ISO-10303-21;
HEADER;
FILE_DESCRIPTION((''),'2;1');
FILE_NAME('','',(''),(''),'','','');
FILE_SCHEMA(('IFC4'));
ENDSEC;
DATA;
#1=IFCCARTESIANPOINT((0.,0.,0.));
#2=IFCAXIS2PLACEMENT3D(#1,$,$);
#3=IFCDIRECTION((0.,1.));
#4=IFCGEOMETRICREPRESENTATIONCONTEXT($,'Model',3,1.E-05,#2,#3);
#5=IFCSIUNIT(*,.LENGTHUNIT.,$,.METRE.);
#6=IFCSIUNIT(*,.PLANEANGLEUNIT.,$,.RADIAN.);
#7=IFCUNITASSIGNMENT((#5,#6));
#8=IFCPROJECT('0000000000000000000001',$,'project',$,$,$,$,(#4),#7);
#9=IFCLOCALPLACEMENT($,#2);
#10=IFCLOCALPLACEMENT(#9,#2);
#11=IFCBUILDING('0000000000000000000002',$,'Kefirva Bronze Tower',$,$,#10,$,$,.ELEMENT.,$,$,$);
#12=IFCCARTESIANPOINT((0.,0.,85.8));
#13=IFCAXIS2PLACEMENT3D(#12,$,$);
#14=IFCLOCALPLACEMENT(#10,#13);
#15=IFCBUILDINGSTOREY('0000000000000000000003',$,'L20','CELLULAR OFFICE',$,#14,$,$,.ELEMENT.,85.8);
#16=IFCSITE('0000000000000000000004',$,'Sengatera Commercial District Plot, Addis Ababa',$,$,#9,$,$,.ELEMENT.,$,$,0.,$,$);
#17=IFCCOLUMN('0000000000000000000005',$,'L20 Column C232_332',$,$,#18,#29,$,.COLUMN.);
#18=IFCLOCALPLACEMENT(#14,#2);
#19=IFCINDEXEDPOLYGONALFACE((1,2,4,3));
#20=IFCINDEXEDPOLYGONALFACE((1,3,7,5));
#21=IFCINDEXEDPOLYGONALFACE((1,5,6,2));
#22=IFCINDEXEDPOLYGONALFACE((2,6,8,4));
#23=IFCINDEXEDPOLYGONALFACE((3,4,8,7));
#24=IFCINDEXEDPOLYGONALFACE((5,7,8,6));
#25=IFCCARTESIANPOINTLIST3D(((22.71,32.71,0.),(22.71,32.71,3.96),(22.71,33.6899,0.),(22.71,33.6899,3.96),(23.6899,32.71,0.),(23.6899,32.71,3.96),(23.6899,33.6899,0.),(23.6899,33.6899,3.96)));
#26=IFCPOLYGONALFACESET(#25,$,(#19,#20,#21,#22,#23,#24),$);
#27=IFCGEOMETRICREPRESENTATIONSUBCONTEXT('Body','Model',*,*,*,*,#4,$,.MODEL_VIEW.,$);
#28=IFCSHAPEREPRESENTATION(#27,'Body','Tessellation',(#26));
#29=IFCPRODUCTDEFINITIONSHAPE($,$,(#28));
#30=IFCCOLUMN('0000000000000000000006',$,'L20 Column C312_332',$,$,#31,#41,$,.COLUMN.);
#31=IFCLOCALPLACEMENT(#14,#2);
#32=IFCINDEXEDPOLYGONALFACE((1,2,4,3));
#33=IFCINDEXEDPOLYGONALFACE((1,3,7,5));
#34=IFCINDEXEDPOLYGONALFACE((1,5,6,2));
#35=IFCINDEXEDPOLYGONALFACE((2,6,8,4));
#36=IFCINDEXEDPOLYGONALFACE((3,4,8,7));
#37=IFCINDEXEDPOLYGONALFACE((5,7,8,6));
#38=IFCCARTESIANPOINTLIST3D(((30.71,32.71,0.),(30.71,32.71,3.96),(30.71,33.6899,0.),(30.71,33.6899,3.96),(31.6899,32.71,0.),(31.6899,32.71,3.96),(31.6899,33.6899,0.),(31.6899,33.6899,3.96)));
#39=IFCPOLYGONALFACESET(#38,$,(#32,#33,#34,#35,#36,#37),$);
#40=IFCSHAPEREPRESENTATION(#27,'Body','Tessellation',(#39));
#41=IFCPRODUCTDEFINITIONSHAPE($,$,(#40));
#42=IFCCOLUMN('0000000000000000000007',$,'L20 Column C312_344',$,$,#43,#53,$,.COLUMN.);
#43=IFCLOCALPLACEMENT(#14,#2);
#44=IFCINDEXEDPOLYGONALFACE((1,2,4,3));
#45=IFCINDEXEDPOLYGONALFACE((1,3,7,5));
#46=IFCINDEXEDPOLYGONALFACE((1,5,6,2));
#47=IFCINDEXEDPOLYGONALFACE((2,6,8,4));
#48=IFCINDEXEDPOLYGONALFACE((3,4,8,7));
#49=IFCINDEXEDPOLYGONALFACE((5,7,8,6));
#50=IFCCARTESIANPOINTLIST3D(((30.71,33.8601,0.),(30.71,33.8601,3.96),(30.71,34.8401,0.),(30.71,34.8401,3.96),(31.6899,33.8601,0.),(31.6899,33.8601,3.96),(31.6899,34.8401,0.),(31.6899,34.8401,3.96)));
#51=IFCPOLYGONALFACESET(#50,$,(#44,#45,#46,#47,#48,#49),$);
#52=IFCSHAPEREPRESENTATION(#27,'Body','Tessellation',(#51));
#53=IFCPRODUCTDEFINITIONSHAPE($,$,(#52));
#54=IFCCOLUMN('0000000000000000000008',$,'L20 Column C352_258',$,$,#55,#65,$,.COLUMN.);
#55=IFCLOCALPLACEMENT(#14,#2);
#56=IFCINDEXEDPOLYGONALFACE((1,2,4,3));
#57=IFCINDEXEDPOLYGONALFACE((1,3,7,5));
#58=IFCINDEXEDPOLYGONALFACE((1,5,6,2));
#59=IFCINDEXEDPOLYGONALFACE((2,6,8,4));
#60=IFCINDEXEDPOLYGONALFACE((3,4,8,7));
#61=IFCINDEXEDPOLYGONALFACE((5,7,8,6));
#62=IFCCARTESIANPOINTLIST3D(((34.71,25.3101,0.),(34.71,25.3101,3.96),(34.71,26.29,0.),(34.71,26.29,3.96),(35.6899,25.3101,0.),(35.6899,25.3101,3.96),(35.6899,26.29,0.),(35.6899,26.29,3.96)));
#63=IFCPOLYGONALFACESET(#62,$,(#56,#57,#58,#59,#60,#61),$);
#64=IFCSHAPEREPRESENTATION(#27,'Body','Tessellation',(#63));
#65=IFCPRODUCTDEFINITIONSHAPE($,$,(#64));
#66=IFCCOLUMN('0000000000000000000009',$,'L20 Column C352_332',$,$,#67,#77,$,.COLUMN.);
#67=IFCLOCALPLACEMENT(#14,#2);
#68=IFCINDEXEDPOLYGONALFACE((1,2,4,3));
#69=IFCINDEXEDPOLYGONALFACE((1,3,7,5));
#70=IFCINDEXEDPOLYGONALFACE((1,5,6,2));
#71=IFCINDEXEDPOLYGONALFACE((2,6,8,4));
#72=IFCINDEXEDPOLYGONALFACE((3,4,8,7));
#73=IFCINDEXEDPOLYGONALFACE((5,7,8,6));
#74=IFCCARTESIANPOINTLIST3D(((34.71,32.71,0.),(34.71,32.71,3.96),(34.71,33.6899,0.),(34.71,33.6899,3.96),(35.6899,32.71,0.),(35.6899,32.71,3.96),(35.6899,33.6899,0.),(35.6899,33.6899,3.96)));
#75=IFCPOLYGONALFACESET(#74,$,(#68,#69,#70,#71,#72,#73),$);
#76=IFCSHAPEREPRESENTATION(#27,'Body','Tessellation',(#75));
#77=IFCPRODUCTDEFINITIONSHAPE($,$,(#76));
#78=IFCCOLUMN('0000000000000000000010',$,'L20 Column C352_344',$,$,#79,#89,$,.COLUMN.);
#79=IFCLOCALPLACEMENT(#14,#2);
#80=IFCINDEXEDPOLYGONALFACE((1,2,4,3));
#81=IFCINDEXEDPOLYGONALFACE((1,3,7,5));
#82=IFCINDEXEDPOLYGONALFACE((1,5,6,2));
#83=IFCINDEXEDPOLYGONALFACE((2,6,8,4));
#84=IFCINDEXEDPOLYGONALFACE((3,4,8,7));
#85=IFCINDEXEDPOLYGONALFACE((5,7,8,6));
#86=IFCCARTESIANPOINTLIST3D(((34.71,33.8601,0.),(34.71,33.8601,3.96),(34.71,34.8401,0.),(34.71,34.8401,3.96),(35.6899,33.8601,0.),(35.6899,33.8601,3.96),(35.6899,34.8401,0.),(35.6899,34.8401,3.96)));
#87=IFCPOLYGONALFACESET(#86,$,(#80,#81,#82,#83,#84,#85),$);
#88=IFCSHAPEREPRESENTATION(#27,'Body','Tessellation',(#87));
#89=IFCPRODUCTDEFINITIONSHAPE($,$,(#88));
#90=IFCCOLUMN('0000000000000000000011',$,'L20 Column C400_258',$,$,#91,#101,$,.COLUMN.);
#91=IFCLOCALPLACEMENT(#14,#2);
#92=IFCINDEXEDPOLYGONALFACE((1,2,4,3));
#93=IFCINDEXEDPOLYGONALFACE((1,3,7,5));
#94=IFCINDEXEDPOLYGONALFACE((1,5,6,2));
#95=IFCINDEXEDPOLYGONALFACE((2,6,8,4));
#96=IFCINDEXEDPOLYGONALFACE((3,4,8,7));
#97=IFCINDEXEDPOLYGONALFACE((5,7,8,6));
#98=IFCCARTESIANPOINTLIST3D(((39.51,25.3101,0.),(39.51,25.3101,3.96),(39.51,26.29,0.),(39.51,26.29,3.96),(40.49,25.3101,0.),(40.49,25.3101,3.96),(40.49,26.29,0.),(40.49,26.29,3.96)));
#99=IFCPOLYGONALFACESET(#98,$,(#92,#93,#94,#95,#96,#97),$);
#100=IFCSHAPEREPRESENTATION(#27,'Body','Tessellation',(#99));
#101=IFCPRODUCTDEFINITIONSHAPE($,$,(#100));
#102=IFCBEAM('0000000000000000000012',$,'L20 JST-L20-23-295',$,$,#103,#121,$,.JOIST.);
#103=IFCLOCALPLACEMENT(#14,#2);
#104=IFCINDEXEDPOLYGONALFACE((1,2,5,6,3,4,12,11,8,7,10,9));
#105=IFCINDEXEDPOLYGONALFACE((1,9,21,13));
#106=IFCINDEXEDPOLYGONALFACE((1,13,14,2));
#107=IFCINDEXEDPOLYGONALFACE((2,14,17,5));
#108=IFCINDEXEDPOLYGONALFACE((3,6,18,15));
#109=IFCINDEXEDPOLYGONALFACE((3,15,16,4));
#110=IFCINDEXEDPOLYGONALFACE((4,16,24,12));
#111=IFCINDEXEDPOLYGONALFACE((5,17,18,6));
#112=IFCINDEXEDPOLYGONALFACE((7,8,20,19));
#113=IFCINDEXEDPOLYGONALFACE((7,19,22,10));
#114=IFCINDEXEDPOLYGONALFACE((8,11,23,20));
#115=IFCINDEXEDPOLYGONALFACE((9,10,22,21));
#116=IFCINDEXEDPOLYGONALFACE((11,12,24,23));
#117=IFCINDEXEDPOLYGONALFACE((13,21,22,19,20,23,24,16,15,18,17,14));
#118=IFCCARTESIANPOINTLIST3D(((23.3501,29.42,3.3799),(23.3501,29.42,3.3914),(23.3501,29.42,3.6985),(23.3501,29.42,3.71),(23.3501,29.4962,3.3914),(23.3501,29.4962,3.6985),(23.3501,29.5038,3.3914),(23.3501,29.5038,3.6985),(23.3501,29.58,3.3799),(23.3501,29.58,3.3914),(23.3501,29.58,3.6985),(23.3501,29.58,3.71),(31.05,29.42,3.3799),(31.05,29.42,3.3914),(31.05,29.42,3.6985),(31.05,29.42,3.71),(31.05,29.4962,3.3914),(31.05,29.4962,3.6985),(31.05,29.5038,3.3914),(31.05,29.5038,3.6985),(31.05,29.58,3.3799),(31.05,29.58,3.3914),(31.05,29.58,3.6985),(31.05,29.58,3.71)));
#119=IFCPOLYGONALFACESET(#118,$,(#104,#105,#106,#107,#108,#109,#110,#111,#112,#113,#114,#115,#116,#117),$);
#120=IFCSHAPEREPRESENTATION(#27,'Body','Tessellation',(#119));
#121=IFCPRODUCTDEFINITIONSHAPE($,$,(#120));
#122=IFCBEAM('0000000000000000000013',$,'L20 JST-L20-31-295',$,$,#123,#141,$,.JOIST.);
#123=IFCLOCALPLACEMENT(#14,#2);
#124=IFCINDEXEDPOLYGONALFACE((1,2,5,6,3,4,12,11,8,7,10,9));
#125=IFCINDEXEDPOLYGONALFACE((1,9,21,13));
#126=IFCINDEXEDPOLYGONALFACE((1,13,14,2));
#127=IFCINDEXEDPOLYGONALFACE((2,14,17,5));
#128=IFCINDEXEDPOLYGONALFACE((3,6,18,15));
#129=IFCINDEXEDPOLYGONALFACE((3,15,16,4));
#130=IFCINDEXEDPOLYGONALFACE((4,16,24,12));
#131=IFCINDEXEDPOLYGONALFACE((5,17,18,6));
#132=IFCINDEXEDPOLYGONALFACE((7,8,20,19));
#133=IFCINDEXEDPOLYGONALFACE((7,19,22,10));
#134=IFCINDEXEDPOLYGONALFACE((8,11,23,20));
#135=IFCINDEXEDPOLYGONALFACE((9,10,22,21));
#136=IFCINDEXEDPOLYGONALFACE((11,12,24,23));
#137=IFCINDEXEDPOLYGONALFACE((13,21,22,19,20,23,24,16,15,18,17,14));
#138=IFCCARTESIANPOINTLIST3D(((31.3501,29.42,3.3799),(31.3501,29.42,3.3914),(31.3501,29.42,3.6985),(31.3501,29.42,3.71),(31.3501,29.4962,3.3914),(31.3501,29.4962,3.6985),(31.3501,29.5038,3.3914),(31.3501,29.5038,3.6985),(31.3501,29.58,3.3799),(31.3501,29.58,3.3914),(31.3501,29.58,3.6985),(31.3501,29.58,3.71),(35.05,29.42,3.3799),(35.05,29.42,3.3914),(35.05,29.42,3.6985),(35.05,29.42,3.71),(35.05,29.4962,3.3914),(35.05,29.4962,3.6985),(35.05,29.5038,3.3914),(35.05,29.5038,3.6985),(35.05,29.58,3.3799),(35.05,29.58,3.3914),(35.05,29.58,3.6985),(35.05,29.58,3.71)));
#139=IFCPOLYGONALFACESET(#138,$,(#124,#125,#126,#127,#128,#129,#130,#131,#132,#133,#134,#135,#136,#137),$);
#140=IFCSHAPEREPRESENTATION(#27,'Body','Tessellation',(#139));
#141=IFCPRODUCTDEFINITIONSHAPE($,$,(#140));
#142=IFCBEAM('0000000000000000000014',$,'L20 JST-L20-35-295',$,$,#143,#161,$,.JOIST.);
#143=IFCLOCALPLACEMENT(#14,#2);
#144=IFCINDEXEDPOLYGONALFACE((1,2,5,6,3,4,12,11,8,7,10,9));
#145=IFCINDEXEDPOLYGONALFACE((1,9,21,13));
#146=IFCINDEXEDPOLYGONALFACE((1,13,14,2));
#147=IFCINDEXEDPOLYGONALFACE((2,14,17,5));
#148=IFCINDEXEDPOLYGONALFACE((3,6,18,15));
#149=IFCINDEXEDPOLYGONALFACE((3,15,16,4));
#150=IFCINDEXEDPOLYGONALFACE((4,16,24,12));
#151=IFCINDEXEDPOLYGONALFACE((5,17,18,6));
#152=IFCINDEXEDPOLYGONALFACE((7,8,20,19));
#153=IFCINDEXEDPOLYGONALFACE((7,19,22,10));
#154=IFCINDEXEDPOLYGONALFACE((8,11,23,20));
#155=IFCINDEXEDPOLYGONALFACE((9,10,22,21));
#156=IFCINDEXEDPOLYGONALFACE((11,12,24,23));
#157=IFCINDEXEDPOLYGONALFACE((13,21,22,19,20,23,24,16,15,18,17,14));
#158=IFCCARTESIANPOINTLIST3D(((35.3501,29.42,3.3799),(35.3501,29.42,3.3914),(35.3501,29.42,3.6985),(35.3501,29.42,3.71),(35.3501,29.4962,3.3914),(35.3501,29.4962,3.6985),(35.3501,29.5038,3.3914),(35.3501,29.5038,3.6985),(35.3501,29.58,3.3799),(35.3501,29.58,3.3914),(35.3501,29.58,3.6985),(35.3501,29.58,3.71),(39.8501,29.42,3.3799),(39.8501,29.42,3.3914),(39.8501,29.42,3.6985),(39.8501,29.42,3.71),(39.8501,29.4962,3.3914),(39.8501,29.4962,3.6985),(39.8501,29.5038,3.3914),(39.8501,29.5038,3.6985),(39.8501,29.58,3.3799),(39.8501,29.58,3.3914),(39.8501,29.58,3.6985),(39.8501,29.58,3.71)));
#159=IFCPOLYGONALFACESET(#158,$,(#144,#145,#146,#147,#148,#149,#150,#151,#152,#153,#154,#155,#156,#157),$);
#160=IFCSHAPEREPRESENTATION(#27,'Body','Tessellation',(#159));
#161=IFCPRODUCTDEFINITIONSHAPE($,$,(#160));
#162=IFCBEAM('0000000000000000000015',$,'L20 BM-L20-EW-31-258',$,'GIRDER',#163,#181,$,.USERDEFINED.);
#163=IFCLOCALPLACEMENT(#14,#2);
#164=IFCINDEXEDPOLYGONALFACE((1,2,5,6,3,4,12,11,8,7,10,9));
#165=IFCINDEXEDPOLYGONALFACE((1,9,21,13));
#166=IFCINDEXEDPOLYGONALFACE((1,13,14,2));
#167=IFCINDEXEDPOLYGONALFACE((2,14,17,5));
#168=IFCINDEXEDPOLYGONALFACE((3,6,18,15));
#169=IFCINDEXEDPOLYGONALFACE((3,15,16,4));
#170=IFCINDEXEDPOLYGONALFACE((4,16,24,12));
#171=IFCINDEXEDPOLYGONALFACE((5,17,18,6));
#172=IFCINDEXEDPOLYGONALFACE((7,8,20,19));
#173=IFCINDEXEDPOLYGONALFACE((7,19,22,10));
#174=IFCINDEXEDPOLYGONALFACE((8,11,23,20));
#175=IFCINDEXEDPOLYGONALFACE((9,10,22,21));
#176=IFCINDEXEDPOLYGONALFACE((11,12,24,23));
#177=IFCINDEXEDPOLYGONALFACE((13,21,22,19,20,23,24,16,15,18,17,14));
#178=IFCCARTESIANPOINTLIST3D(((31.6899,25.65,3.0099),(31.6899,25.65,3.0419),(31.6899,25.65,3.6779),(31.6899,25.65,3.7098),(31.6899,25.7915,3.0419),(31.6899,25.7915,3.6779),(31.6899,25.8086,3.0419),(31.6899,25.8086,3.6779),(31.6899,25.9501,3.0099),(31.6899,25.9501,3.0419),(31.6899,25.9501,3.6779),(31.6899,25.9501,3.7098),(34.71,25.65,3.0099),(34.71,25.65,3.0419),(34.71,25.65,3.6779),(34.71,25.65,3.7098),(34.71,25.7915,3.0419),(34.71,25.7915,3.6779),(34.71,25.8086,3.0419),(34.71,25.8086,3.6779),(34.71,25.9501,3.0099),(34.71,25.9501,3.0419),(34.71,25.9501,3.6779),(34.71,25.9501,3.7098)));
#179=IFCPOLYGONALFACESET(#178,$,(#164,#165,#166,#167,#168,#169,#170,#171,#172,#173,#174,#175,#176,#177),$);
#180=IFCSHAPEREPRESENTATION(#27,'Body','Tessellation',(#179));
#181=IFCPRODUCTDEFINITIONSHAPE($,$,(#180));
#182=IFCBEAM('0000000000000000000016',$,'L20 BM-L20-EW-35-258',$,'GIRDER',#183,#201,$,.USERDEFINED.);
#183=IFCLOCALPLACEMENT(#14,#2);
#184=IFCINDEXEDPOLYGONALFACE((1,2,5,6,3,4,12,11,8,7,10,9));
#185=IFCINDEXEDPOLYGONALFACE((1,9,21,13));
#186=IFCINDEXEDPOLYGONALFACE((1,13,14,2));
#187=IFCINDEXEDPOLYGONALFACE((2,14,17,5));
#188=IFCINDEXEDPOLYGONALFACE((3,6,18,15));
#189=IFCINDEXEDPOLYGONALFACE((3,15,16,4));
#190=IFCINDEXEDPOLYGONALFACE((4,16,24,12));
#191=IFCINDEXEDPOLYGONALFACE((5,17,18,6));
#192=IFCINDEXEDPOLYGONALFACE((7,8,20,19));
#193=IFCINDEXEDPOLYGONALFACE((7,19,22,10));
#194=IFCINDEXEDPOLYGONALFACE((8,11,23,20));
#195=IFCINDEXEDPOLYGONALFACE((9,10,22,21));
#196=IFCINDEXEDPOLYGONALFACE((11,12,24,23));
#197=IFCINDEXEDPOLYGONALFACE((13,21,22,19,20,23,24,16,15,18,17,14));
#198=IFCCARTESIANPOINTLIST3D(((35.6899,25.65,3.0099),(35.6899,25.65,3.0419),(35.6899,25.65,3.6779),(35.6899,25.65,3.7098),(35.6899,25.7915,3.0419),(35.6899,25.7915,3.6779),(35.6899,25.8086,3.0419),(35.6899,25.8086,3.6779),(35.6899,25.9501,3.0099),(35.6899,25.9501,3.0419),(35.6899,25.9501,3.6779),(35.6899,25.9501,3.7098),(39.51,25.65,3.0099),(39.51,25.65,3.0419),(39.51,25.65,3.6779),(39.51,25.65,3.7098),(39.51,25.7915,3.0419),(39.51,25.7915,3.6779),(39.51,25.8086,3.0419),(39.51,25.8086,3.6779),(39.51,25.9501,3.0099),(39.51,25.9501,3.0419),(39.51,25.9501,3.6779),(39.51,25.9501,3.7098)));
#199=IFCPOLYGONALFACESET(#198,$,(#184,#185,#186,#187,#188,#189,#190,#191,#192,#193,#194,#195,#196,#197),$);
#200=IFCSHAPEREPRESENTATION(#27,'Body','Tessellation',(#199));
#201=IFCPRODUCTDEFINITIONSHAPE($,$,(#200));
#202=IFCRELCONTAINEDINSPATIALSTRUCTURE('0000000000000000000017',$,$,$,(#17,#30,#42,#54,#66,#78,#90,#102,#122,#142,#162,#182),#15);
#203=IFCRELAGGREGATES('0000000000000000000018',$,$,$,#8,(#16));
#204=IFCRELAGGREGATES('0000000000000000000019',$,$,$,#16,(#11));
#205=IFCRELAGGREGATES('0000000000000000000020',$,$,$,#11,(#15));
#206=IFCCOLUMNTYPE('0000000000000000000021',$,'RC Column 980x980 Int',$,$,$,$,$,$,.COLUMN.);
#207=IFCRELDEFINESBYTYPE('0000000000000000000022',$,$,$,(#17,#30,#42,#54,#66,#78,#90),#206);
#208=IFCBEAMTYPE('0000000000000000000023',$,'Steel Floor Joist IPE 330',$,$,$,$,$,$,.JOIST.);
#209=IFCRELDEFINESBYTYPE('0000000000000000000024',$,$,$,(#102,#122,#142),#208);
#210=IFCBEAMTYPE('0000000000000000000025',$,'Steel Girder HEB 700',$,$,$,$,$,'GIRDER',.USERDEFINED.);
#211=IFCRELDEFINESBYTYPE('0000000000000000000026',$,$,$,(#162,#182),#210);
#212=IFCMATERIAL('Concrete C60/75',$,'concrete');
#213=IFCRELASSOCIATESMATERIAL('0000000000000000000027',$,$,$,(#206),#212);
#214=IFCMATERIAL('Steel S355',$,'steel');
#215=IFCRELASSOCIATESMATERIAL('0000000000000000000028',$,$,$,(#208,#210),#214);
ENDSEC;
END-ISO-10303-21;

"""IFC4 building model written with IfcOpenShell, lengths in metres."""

from ifc_helpers import new_model, si_unit, direction, frame, origin, origin_2d, place, context, subcontext, project, spatial, rectangle, i_section, extrude, material, material_profile, profile_set, type_object, element, save


model = new_model("IFC4")

# Units and contexts
model_context = context("Model", 3, precision=1e-05, world=origin(), true_north=direction((0.0, 1.0)))
body_context = subcontext(model_context, "Body", "Model", "MODEL_VIEW")
ifc_project = project(units=[si_unit("LENGTHUNIT", "METRE"), si_unit("PLANEANGLEUNIT", "RADIAN")], contexts=[model_context])

# Site, building, storey
site_placement = place(None, origin())
site = spatial("IfcSite", under=ifc_project, at=site_placement, Name="Sengatera Commercial District Plot, Addis Ababa", CompositionType="ELEMENT", RefElevation=0.0)
building_placement = place(site_placement, origin())
building = spatial("IfcBuilding", under=site, at=building_placement, Name="Kefirva Bronze Tower", CompositionType="ELEMENT")
storey_placement = place(building_placement, frame((0.0, 0.0, 85.8)))
storey = spatial("IfcBuildingStorey", under=building, at=storey_placement, Name="L20", Description="CELLULAR OFFICE", CompositionType="ELEMENT", Elevation=85.8)

# Columns
ifc_material_1 = material(Name="Concrete C60/75", Category="concrete")
ifc_material_profile_1 = material_profile(ifc_material_1, rectangle(XDim=0.98, YDim=0.98, at=origin_2d()), Name="RC 980x980")
ifc_profile_set_1 = profile_set([ifc_material_profile_1], Name="Concrete C60/75")
column_type = type_object("IfcColumnType", Name="RC Column 980x980 Int", PredefinedType="COLUMN", material=ifc_profile_set_1)
for number, where, z_axis, x_axis, name in (
    (1, (23.2, 33.2, 0.0), (0.0, 0.0, 1.0), (1.0, 0.0, 0.0), "L20 Column C232_332"),
    (2, (31.2, 33.2, 0.0), (0.0, 0.0, 1.0), (1.0, 0.0, 0.0), "L20 Column C312_332"),
    (3, (31.2, 34.3501, 0.0), (0.0, 0.0, 1.0), (1.0, 0.0, 0.0), "L20 Column C312_344"),
    (4, (35.2, 25.8, 0.0), (0.0, 0.0, 1.0), (1.0, 0.0, 0.0), "L20 Column C352_258"),
    (5, (35.2, 33.2, 0.0), (0.0, 0.0, 1.0), (1.0, 0.0, 0.0), "L20 Column C352_332"),
    (6, (35.2, 34.3501, 0.0), (0.0, 0.0, 1.0), (1.0, 0.0, 0.0), "L20 Column C352_344"),
    (7, (40.0, 25.8, 0.0), (0.0, 0.0, 1.0), (1.0, 0.0, 0.0), "L20 Column C400_258"),
):
    element("IfcColumn", number, at=place(storey_placement, frame(where, z_axis=z_axis, x_axis=x_axis)), inside=storey, type_object=column_type, Name=name, PredefinedType="COLUMN", context=body_context, shape_type="SweptSolid", body=[
        extrude(rectangle(XDim=0.98, YDim=0.98, at=origin_2d()), origin(), (0.0, 0.0, 1.0), 3.96),
    ])

# Beams
ifc_material_2 = material(Name="Steel S355", Category="steel")
ifc_material_profile_2 = material_profile(ifc_material_2, i_section(OverallWidth=0.1599, OverallDepth=0.3301, WebThickness=0.0076, FlangeThickness=0.0115, at=origin_2d()), Name="IPE 330")
ifc_profile_set_2 = profile_set([ifc_material_profile_2], Name="Steel S355")
beam_type_1 = type_object("IfcBeamType", Name="Steel Floor Joist IPE 330", PredefinedType="JOIST", material=ifc_profile_set_2)
beam_1_placement = place(storey_placement, frame((23.3501, 29.5, 3.5449), z_axis=(1.0, 0.0, 0.0), x_axis=(0.0, 1.0, 0.0)))
element("IfcBeam", 8, at=beam_1_placement, inside=storey, type_object=beam_type_1, Name="L20 JST-L20-23-295", PredefinedType="JOIST", context=body_context, shape_type="SweptSolid", body=[
    extrude(i_section(OverallWidth=0.1599, OverallDepth=0.3301, WebThickness=0.0076, FlangeThickness=0.0115, at=origin_2d()), origin(), (0.0, 0.0, 1.0), 7.7),
])
beam_2_placement = place(storey_placement, frame((31.3501, 29.5, 3.5449), z_axis=(1.0, 0.0, 0.0), x_axis=(0.0, 1.0, 0.0)))
element("IfcBeam", 9, at=beam_2_placement, inside=storey, type_object=beam_type_1, Name="L20 JST-L20-31-295", PredefinedType="JOIST", context=body_context, shape_type="SweptSolid", body=[
    extrude(i_section(OverallWidth=0.1599, OverallDepth=0.3301, WebThickness=0.0076, FlangeThickness=0.0115, at=origin_2d()), origin(), (0.0, 0.0, 1.0), 3.7),
])
beam_3_placement = place(storey_placement, frame((35.3501, 29.5, 3.5449), z_axis=(1.0, 0.0, 0.0), x_axis=(0.0, 1.0, 0.0)))
element("IfcBeam", 10, at=beam_3_placement, inside=storey, type_object=beam_type_1, Name="L20 JST-L20-35-295", PredefinedType="JOIST", context=body_context, shape_type="SweptSolid", body=[
    extrude(i_section(OverallWidth=0.1599, OverallDepth=0.3301, WebThickness=0.0076, FlangeThickness=0.0115, at=origin_2d()), origin(), (0.0, 0.0, 1.0), 4.5),
])
ifc_material_profile_3 = material_profile(ifc_material_2, i_section(OverallWidth=0.3, OverallDepth=0.7, WebThickness=0.0171, FlangeThickness=0.032, at=origin_2d()), Name="HEB 700")
ifc_profile_set_3 = profile_set([ifc_material_profile_3], Name="Steel S355")
beam_type_2 = type_object("IfcBeamType", Name="Steel Girder HEB 700", ElementType="GIRDER", PredefinedType="USERDEFINED", material=ifc_profile_set_3)
beam_4_placement = place(storey_placement, frame((31.6899, 25.8, 3.3599), z_axis=(1.0, 0.0, 0.0), x_axis=(0.0, 1.0, 0.0)))
element("IfcBeam", 11, at=beam_4_placement, inside=storey, type_object=beam_type_2, Name="L20 BM-L20-EW-31-258", ObjectType="GIRDER", PredefinedType="USERDEFINED", context=body_context, shape_type="SweptSolid", body=[
    extrude(i_section(OverallWidth=0.3, OverallDepth=0.7, WebThickness=0.0171, FlangeThickness=0.032, at=origin_2d()), origin(), (0.0, 0.0, 1.0), 3.02),
])
beam_5_placement = place(storey_placement, frame((35.6899, 25.8, 3.3599), z_axis=(1.0, 0.0, 0.0), x_axis=(0.0, 1.0, 0.0)))
element("IfcBeam", 12, at=beam_5_placement, inside=storey, type_object=beam_type_2, Name="L20 BM-L20-EW-35-258", ObjectType="GIRDER", PredefinedType="USERDEFINED", context=body_context, shape_type="SweptSolid", body=[
    extrude(i_section(OverallWidth=0.3, OverallDepth=0.7, WebThickness=0.0171, FlangeThickness=0.032, at=origin_2d()), origin(), (0.0, 0.0, 1.0), 3.8201),
])

save(model, "model.ifc")
